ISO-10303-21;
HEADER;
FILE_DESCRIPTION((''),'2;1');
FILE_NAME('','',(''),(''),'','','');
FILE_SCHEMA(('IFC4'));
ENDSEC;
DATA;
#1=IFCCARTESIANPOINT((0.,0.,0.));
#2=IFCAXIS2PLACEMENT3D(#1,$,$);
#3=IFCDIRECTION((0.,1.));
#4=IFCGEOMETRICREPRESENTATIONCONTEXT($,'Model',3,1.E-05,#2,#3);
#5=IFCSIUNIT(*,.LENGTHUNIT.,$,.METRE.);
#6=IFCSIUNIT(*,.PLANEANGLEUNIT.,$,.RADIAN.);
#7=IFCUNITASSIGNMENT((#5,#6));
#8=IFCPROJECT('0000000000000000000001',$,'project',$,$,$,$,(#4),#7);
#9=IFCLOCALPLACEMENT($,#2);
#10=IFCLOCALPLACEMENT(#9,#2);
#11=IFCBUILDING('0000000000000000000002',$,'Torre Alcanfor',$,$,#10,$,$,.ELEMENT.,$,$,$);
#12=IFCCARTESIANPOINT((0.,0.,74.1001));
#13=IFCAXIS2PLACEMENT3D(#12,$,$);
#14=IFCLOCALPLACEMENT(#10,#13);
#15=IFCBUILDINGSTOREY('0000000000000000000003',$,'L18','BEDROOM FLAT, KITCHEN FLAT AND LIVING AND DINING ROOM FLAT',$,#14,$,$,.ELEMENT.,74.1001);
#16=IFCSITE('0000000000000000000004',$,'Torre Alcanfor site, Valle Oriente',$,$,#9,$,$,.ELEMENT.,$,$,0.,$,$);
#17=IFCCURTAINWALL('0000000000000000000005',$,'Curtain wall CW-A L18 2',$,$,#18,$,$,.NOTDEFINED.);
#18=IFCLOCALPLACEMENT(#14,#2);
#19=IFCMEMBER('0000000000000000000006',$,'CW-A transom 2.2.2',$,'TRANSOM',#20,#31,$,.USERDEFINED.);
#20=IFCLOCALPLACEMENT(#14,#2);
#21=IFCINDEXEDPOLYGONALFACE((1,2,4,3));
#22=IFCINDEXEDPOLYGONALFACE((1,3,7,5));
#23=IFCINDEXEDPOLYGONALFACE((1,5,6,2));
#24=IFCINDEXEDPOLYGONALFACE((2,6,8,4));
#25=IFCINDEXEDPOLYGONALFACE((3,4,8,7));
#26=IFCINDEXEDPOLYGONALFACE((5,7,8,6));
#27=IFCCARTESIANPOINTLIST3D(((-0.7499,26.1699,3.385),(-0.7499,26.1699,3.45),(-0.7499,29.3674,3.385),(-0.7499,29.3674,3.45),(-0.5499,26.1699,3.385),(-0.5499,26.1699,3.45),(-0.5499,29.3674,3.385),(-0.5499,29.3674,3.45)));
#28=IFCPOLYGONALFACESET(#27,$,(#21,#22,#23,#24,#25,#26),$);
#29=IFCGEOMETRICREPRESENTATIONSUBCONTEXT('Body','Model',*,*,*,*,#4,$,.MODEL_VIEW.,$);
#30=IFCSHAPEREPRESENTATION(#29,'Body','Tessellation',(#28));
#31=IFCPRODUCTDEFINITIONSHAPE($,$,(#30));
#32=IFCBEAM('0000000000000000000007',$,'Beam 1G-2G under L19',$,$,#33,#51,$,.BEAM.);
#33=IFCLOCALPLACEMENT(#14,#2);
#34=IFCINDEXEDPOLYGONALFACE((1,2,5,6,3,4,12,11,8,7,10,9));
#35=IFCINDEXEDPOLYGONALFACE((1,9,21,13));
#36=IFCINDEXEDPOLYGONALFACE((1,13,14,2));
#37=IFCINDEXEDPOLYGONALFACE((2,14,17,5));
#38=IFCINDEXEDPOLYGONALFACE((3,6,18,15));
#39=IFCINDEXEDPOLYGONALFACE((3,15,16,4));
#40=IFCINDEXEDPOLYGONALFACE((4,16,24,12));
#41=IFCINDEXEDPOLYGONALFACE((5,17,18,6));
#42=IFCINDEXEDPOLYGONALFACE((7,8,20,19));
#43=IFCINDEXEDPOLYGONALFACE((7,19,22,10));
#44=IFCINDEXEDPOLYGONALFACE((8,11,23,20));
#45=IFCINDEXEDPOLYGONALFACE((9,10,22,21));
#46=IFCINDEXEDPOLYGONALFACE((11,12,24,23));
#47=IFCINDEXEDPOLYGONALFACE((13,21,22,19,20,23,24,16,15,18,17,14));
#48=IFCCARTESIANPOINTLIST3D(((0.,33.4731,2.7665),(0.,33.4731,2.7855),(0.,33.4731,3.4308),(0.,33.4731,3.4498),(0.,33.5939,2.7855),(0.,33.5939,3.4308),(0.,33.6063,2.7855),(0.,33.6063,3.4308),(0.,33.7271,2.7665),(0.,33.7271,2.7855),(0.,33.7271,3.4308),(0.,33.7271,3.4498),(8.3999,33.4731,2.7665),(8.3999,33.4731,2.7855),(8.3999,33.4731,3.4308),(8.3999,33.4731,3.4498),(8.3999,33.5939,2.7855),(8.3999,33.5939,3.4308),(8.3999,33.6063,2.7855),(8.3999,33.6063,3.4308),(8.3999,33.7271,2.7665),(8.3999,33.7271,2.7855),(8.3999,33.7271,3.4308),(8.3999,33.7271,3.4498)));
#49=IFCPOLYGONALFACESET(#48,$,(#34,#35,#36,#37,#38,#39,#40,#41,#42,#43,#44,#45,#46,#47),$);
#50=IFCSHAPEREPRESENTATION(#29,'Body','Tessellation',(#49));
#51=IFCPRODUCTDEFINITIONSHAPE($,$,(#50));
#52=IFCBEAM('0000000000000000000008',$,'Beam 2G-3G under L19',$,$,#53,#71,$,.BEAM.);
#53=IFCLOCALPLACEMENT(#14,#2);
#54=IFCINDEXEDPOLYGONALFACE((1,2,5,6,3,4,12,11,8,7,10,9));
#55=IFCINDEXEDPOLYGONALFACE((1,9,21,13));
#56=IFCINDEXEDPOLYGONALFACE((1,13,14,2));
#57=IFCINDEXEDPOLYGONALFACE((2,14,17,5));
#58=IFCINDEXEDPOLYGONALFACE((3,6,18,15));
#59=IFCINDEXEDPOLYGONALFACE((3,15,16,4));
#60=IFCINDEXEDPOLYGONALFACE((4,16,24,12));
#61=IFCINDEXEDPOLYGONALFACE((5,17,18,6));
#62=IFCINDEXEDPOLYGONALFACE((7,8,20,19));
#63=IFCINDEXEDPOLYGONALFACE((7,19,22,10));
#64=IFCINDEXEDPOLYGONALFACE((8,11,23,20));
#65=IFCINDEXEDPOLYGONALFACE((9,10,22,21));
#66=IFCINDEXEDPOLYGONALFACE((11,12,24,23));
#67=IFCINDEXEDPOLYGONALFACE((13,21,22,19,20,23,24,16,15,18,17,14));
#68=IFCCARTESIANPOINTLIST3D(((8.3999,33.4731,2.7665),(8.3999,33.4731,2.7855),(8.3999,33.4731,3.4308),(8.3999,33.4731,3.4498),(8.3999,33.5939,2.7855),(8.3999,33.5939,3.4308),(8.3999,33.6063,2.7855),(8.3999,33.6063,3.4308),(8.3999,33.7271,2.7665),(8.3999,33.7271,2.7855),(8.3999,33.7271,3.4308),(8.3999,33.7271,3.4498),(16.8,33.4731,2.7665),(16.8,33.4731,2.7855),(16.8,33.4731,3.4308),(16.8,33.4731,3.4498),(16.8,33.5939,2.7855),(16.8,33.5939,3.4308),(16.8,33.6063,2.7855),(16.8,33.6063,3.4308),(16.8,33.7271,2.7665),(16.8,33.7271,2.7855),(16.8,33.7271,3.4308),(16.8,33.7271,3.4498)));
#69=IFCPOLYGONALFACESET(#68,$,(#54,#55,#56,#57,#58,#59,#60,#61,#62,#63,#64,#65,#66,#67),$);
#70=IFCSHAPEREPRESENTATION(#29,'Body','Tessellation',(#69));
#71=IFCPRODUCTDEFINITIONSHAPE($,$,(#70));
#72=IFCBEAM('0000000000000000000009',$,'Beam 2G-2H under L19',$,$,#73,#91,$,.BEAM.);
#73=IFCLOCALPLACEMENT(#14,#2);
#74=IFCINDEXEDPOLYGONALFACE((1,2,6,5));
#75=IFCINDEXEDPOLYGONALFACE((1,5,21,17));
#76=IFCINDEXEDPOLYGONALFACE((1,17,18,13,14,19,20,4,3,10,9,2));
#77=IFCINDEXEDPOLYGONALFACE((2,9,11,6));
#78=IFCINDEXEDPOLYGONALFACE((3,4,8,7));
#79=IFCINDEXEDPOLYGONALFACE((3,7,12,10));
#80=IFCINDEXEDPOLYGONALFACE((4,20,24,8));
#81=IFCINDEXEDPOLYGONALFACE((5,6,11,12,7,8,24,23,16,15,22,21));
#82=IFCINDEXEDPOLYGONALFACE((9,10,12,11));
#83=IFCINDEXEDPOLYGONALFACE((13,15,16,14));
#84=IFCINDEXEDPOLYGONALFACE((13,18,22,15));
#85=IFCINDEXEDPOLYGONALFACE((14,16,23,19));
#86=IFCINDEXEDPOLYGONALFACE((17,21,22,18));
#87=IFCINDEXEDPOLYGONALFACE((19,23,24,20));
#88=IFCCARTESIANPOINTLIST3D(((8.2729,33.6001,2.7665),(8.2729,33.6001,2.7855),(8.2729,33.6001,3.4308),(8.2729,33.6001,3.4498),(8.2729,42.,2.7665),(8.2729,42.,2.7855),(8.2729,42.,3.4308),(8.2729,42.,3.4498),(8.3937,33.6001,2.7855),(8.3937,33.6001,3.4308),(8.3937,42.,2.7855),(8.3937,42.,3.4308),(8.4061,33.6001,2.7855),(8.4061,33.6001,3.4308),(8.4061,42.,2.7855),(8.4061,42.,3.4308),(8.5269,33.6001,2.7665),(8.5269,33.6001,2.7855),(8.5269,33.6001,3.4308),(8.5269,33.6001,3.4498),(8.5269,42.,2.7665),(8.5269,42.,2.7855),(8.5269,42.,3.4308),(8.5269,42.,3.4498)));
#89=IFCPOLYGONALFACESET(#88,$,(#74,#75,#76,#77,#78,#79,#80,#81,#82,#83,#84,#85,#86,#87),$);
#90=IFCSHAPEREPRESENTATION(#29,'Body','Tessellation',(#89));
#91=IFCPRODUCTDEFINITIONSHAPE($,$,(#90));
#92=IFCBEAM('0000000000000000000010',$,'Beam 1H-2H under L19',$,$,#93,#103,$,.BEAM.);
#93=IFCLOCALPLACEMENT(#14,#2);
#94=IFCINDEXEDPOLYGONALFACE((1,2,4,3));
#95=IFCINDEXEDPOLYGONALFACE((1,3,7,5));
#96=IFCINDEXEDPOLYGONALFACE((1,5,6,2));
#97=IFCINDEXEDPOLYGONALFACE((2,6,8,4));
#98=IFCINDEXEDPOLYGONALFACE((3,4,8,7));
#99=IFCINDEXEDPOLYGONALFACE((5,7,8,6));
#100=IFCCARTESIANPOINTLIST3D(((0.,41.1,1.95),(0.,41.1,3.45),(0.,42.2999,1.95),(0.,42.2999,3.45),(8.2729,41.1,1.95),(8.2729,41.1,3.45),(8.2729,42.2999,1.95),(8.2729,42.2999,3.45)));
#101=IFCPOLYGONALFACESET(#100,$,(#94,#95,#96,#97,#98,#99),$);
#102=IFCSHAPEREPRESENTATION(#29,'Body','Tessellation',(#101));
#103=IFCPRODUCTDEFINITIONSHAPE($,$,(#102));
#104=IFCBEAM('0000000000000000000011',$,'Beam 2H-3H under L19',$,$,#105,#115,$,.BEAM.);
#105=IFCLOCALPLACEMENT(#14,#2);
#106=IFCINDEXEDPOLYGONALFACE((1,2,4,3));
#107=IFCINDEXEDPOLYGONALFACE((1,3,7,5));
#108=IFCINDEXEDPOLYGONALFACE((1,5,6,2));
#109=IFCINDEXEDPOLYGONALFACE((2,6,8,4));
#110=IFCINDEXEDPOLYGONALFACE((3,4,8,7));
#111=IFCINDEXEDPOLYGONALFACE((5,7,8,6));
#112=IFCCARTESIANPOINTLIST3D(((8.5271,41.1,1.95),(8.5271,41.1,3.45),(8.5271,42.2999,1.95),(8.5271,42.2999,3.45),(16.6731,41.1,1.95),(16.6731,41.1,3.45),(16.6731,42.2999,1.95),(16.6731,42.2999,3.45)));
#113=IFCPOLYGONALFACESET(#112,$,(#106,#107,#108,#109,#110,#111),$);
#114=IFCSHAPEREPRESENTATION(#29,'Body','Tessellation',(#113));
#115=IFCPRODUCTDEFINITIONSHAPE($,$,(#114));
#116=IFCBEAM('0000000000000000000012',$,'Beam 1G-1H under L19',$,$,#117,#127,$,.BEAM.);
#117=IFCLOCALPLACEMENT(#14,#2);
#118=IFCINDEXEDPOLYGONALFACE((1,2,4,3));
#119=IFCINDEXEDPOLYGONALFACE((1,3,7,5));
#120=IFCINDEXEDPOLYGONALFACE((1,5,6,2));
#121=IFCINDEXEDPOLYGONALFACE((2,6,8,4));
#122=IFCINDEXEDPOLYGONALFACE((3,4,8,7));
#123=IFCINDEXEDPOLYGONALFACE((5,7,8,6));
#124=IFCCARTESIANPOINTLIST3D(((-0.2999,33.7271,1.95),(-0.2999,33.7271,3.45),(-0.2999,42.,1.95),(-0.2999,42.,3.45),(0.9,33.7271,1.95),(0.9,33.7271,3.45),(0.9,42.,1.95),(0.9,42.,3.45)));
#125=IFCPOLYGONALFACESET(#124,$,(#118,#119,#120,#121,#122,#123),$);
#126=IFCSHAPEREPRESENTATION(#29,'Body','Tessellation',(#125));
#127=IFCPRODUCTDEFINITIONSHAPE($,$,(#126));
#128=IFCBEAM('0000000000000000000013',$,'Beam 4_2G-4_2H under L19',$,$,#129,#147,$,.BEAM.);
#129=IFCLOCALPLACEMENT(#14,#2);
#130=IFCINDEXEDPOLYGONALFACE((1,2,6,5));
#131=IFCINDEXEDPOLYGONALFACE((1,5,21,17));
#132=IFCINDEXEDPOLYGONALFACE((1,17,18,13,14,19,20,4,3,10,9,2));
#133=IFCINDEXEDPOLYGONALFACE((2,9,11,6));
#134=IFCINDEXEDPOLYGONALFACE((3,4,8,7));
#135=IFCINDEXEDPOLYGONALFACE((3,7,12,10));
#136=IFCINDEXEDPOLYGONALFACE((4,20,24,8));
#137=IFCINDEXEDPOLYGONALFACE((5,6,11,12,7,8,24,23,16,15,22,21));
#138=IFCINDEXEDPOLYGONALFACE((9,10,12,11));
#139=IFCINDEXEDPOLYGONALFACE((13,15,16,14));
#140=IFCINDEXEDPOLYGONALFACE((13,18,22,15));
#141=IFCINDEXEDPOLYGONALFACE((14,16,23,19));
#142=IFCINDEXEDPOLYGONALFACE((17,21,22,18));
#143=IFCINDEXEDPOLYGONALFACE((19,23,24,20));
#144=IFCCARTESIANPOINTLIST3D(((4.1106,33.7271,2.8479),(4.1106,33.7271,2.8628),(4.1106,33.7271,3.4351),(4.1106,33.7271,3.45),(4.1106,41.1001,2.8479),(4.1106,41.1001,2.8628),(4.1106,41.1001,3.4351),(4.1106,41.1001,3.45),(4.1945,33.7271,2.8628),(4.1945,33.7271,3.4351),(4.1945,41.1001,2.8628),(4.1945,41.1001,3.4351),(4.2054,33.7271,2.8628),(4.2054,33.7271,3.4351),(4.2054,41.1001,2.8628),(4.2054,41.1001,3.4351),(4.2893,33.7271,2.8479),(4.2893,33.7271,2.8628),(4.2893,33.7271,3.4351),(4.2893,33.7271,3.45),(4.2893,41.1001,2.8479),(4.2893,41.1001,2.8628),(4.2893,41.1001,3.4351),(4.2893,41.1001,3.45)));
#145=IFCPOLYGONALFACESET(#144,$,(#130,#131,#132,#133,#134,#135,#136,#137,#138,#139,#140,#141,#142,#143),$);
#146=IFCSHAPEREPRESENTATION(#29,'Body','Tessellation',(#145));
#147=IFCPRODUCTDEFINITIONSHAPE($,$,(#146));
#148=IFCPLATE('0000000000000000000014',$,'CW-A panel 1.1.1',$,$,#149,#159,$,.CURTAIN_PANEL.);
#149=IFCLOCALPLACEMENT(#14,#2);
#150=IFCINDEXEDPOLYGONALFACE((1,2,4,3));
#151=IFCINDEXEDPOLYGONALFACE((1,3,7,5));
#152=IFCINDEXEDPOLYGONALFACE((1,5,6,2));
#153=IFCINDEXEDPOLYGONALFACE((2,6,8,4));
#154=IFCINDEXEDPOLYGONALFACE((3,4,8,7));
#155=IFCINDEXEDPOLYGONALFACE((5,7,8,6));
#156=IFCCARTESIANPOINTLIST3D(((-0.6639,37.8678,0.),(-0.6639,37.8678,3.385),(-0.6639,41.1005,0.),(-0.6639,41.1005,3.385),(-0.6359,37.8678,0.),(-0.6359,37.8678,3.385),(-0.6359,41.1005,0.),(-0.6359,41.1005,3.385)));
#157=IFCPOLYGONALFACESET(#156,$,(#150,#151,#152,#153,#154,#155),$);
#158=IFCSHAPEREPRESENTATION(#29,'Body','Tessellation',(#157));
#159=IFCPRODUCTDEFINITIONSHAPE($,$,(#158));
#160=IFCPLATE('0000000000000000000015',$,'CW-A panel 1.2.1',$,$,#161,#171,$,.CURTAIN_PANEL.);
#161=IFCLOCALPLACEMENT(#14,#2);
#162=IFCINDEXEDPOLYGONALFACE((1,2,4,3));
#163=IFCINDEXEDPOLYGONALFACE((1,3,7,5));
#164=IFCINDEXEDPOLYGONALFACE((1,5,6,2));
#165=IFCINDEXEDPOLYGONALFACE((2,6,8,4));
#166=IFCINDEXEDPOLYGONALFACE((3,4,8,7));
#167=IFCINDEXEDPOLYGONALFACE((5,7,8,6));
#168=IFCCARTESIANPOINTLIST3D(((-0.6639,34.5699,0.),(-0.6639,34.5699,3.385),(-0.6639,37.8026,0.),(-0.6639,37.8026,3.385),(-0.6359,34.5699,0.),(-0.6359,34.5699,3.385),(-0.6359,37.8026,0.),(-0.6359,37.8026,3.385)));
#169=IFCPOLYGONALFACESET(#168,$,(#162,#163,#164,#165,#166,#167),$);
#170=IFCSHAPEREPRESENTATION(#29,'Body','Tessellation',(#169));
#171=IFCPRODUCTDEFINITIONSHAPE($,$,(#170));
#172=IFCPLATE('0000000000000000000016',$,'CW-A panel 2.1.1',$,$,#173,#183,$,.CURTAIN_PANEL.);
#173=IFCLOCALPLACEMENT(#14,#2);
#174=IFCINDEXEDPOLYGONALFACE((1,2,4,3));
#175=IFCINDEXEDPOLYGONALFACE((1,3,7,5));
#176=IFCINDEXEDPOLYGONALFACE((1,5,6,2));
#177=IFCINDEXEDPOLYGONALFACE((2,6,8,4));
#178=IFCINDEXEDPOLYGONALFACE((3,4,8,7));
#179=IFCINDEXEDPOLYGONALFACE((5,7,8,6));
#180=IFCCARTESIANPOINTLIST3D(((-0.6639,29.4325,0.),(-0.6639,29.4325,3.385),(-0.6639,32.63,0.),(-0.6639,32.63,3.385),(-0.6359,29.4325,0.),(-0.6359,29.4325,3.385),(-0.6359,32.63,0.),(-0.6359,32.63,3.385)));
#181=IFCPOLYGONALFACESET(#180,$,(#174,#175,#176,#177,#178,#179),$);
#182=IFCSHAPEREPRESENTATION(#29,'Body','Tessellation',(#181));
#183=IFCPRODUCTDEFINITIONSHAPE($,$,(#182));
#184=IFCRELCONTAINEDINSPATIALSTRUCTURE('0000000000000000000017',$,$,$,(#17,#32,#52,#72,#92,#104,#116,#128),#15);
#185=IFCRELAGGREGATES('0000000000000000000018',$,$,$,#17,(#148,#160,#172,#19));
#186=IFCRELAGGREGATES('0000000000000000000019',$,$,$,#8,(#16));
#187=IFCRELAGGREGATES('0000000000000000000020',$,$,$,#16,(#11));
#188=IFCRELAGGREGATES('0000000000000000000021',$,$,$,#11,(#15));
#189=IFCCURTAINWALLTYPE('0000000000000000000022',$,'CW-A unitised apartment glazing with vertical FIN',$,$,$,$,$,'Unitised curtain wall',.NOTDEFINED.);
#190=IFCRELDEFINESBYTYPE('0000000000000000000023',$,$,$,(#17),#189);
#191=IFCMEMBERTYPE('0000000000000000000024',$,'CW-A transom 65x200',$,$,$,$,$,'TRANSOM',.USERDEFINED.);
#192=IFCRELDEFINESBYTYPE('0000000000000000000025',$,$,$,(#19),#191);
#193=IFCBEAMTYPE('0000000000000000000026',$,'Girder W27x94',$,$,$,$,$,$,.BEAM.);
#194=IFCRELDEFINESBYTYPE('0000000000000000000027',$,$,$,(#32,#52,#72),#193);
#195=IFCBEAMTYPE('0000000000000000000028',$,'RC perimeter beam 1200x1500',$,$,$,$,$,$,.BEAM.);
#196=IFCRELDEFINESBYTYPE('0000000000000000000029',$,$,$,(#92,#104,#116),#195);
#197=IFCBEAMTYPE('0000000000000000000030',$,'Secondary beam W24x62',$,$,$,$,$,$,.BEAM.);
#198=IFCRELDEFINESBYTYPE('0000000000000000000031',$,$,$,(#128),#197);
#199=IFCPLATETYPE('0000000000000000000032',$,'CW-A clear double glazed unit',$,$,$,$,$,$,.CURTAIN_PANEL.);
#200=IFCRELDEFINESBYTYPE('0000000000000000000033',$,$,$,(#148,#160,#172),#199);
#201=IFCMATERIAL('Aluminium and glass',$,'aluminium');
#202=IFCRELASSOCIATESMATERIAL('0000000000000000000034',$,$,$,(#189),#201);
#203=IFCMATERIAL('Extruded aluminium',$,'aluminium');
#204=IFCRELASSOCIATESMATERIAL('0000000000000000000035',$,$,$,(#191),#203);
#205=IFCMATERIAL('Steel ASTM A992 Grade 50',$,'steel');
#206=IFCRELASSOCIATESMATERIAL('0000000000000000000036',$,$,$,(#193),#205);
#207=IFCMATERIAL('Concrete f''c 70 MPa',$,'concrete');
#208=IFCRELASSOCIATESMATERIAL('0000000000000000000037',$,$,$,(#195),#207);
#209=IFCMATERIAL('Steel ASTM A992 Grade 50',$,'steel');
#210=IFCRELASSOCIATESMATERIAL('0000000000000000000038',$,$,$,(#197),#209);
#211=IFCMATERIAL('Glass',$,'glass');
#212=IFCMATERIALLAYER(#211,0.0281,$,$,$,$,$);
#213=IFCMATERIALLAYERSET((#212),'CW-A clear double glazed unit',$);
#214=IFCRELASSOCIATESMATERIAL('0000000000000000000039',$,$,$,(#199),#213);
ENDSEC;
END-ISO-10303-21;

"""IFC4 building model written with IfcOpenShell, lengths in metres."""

from ifc_helpers import new_model, si_unit, direction, frame, origin, origin_2d, place, context, subcontext, project, spatial, rectangle, i_section, extrude, material, layer, layer_set, material_profile, profile_set, type_object, element, aggregate, save


model = new_model("IFC4")

# Units and contexts
model_context = context("Model", 3, precision=1e-05, world=origin(), true_north=direction((0.0, 1.0)))
body_context = subcontext(model_context, "Body", "Model", "MODEL_VIEW")
ifc_project = project(units=[si_unit("LENGTHUNIT", "METRE"), si_unit("PLANEANGLEUNIT", "RADIAN")], contexts=[model_context])

# Site, building, storey
site_placement = place(None, origin())
site = spatial("IfcSite", under=ifc_project, at=site_placement, Name="Torre Alcanfor site, Valle Oriente", CompositionType="ELEMENT", RefElevation=0.0)
building_placement = place(site_placement, origin())
building = spatial("IfcBuilding", under=site, at=building_placement, Name="Torre Alcanfor", CompositionType="ELEMENT")
storey_placement = place(building_placement, frame((0.0, 0.0, 74.1001)))
storey = spatial("IfcBuildingStorey", under=building, at=storey_placement, Name="L18", Description="BEDROOM FLAT, KITCHEN FLAT AND LIVING AND DINING ROOM FLAT", CompositionType="ELEMENT", Elevation=74.1001)

# Curtain wall, member
ifc_material_1 = material(Name="Aluminium and glass", Category="aluminium")
curtain_wall_type = type_object("IfcCurtainWallType", Name="CW-A unitised apartment glazing with vertical FIN", ElementType="Unitised curtain wall", PredefinedType="NOTDEFINED", material=ifc_material_1)
curtain_wall_placement = place(storey_placement, origin())
curtain_wall = element("IfcCurtainWall", 1, at=curtain_wall_placement, inside=storey, type_object=curtain_wall_type, Name="Curtain wall CW-A L18 2", PredefinedType="NOTDEFINED")
ifc_material_2 = material(Name="Extruded aluminium", Category="aluminium")
ifc_material_profile_1 = material_profile(ifc_material_2, rectangle(XDim=0.2, YDim=0.0649, at=origin_2d()), Name="CW-A transom 200x65")
ifc_profile_set_1 = profile_set([ifc_material_profile_1], Name="Extruded aluminium")
member_type_1 = type_object("IfcMemberType", Name="CW-A transom 65x200", ElementType="TRANSOM", PredefinedType="USERDEFINED", material=ifc_profile_set_1)
member_1_placement = place(storey_placement, frame((-0.6499, 29.3674, 3.4175), z_axis=(0.0, -1.0, 0.0), x_axis=(1.0, 0.0, 0.0)))
member_1 = element("IfcMember", 2, at=member_1_placement, type_object=member_type_1, Name="CW-A transom 2.2.2", ObjectType="TRANSOM", PredefinedType="USERDEFINED", context=body_context, shape_type="SweptSolid", body=[
    extrude(rectangle(XDim=0.2, YDim=0.0649, at=origin_2d()), origin(), (0.0, 0.0, 1.0), 3.1975),
])

# Beams
ifc_material_3 = material(Name="Steel ASTM A992 Grade 50", Category="steel")
ifc_material_profile_2 = material_profile(ifc_material_3, i_section(OverallWidth=0.2539, OverallDepth=0.6833, WebThickness=0.0125, FlangeThickness=0.019, at=origin_2d()), Name="W27x94")
ifc_profile_set_2 = profile_set([ifc_material_profile_2], Name="Steel ASTM A992 Grade 50")
beam_type_1 = type_object("IfcBeamType", Name="Girder W27x94", PredefinedType="BEAM", material=ifc_profile_set_2)
beam_1_placement = place(storey_placement, frame((0.0, 33.6001, 3.1082), z_axis=(1.0, 0.0, 0.0), x_axis=(0.0, 1.0, 0.0)))
element("IfcBeam", 3, at=beam_1_placement, inside=storey, type_object=beam_type_1, Name="Beam 1G-2G under L19", PredefinedType="BEAM", context=body_context, shape_type="SweptSolid", body=[
    extrude(i_section(OverallWidth=0.2539, OverallDepth=0.6833, WebThickness=0.0125, FlangeThickness=0.019, at=origin_2d()), origin(), (0.0, 0.0, 1.0), 8.3999),
])
beam_2_placement = place(storey_placement, frame((8.3999, 33.6001, 3.1082), z_axis=(1.0, 0.0, 0.0), x_axis=(0.0, 1.0, 0.0)))
element("IfcBeam", 4, at=beam_2_placement, inside=storey, type_object=beam_type_1, Name="Beam 2G-3G under L19", PredefinedType="BEAM", context=body_context, shape_type="SweptSolid", body=[
    extrude(i_section(OverallWidth=0.2539, OverallDepth=0.6833, WebThickness=0.0125, FlangeThickness=0.019, at=origin_2d()), origin(), (0.0, 0.0, 1.0), 8.4001),
])
beam_3_placement = place(storey_placement, frame((8.3999, 33.6001, 3.1082), z_axis=(0.0, 1.0, 0.0), x_axis=(-1.0, 0.0, 0.0)))
element("IfcBeam", 5, at=beam_3_placement, inside=storey, type_object=beam_type_1, Name="Beam 2G-2H under L19", PredefinedType="BEAM", context=body_context, shape_type="SweptSolid", body=[
    extrude(i_section(OverallWidth=0.2539, OverallDepth=0.6833, WebThickness=0.0125, FlangeThickness=0.019, at=origin_2d()), origin(), (0.0, 0.0, 1.0), 8.3999),
])
ifc_material_4 = material(Name="Concrete f'c 70 MPa", Category="concrete")
ifc_material_profile_3 = material_profile(ifc_material_4, rectangle(XDim=1.2, YDim=1.5, at=origin_2d()), Name="1200x1500")
ifc_profile_set_3 = profile_set([ifc_material_profile_3], Name="Concrete f'c 70 MPa")
beam_type_2 = type_object("IfcBeamType", Name="RC perimeter beam 1200x1500", PredefinedType="BEAM", material=ifc_profile_set_3)
beam_4_placement = place(storey_placement, frame((0.0, 41.7, 2.7), z_axis=(1.0, 0.0, 0.0), x_axis=(0.0, 1.0, 0.0)))
element("IfcBeam", 6, at=beam_4_placement, inside=storey, type_object=beam_type_2, Name="Beam 1H-2H under L19", PredefinedType="BEAM", context=body_context, shape_type="SweptSolid", body=[
    extrude(rectangle(XDim=1.2, YDim=1.5, at=origin_2d()), origin(), (0.0, 0.0, 1.0), 8.2729),
])
beam_5_placement = place(storey_placement, frame((8.5271, 41.7, 2.7), z_axis=(1.0, 0.0, 0.0), x_axis=(0.0, 1.0, 0.0)))
element("IfcBeam", 7, at=beam_5_placement, inside=storey, type_object=beam_type_2, Name="Beam 2H-3H under L19", PredefinedType="BEAM", context=body_context, shape_type="SweptSolid", body=[
    extrude(rectangle(XDim=1.2, YDim=1.5, at=origin_2d()), origin(), (0.0, 0.0, 1.0), 8.146),
])
beam_6_placement = place(storey_placement, frame((0.3, 33.7271, 2.7), z_axis=(0.0, 1.0, 0.0), x_axis=(-1.0, 0.0, 0.0)))
element("IfcBeam", 8, at=beam_6_placement, inside=storey, type_object=beam_type_2, Name="Beam 1G-1H under L19", PredefinedType="BEAM", context=body_context, shape_type="SweptSolid", body=[
    extrude(rectangle(XDim=1.2, YDim=1.5, at=origin_2d()), origin(), (0.0, 0.0, 1.0), 8.2729),
])
ifc_material_5 = material(Name="Steel ASTM A992 Grade 50", Category="steel")
ifc_material_profile_4 = material_profile(ifc_material_5, i_section(OverallWidth=0.1787, OverallDepth=0.6021, WebThickness=0.011, FlangeThickness=0.0149, at=origin_2d()), Name="W24x62")
ifc_profile_set_4 = profile_set([ifc_material_profile_4], Name="Steel ASTM A992 Grade 50")
beam_type_3 = type_object("IfcBeamType", Name="Secondary beam W24x62", PredefinedType="BEAM", material=ifc_profile_set_4)
beam_7_placement = place(storey_placement, frame((4.2, 33.7271, 3.1489), z_axis=(0.0, 1.0, 0.0), x_axis=(-1.0, 0.0, 0.0)))
element("IfcBeam", 9, at=beam_7_placement, inside=storey, type_object=beam_type_3, Name="Beam 4_2G-4_2H under L19", PredefinedType="BEAM", context=body_context, shape_type="SweptSolid", body=[
    extrude(i_section(OverallWidth=0.1787, OverallDepth=0.6021, WebThickness=0.011, FlangeThickness=0.0149, at=origin_2d()), origin(), (0.0, 0.0, 1.0), 7.373),
])

# Plates
ifc_material_6 = material(Name="Glass", Category="glass")
ifc_layer_1 = layer(ifc_material_6, 0.0281)
ifc_layer_set_1 = layer_set([ifc_layer_1], Name="CW-A clear double glazed unit")
plate_type = type_object("IfcPlateType", Name="CW-A clear double glazed unit", PredefinedType="CURTAIN_PANEL", material=ifc_layer_set_1)
plate_1_placement = place(storey_placement, frame((-0.6499, 39.4841, 0.0), z_axis=(0.0, 0.0, 1.0), x_axis=(0.0, -1.0, 0.0)))
plate_1 = element("IfcPlate", 10, at=plate_1_placement, type_object=plate_type, Name="CW-A panel 1.1.1", PredefinedType="CURTAIN_PANEL", context=body_context, shape_type="SweptSolid", body=[
    extrude(rectangle(XDim=3.2327, YDim=0.0281, at=origin_2d()), origin(), (0.0, 0.0, 1.0), 3.385),
])
plate_2_placement = place(storey_placement, frame((-0.6499, 36.1863, 0.0), z_axis=(0.0, 0.0, 1.0), x_axis=(0.0, -1.0, 0.0)))
plate_2 = element("IfcPlate", 11, at=plate_2_placement, type_object=plate_type, Name="CW-A panel 1.2.1", PredefinedType="CURTAIN_PANEL", context=body_context, shape_type="SweptSolid", body=[
    extrude(rectangle(XDim=3.2327, YDim=0.0281, at=origin_2d()), origin(), (0.0, 0.0, 1.0), 3.385),
])
plate_3_placement = place(storey_placement, frame((-0.6499, 31.0312, 0.0), z_axis=(0.0, 0.0, 1.0), x_axis=(0.0, -1.0, 0.0)))
plate_3 = element("IfcPlate", 12, at=plate_3_placement, type_object=plate_type, Name="CW-A panel 2.1.1", PredefinedType="CURTAIN_PANEL", context=body_context, shape_type="SweptSolid", body=[
    extrude(rectangle(XDim=3.1975, YDim=0.0281, at=origin_2d()), origin(), (0.0, 0.0, 1.0), 3.385),
])
aggregate(curtain_wall, [plate_1, plate_2, plate_3, member_1])

save(model, "model.ifc")
